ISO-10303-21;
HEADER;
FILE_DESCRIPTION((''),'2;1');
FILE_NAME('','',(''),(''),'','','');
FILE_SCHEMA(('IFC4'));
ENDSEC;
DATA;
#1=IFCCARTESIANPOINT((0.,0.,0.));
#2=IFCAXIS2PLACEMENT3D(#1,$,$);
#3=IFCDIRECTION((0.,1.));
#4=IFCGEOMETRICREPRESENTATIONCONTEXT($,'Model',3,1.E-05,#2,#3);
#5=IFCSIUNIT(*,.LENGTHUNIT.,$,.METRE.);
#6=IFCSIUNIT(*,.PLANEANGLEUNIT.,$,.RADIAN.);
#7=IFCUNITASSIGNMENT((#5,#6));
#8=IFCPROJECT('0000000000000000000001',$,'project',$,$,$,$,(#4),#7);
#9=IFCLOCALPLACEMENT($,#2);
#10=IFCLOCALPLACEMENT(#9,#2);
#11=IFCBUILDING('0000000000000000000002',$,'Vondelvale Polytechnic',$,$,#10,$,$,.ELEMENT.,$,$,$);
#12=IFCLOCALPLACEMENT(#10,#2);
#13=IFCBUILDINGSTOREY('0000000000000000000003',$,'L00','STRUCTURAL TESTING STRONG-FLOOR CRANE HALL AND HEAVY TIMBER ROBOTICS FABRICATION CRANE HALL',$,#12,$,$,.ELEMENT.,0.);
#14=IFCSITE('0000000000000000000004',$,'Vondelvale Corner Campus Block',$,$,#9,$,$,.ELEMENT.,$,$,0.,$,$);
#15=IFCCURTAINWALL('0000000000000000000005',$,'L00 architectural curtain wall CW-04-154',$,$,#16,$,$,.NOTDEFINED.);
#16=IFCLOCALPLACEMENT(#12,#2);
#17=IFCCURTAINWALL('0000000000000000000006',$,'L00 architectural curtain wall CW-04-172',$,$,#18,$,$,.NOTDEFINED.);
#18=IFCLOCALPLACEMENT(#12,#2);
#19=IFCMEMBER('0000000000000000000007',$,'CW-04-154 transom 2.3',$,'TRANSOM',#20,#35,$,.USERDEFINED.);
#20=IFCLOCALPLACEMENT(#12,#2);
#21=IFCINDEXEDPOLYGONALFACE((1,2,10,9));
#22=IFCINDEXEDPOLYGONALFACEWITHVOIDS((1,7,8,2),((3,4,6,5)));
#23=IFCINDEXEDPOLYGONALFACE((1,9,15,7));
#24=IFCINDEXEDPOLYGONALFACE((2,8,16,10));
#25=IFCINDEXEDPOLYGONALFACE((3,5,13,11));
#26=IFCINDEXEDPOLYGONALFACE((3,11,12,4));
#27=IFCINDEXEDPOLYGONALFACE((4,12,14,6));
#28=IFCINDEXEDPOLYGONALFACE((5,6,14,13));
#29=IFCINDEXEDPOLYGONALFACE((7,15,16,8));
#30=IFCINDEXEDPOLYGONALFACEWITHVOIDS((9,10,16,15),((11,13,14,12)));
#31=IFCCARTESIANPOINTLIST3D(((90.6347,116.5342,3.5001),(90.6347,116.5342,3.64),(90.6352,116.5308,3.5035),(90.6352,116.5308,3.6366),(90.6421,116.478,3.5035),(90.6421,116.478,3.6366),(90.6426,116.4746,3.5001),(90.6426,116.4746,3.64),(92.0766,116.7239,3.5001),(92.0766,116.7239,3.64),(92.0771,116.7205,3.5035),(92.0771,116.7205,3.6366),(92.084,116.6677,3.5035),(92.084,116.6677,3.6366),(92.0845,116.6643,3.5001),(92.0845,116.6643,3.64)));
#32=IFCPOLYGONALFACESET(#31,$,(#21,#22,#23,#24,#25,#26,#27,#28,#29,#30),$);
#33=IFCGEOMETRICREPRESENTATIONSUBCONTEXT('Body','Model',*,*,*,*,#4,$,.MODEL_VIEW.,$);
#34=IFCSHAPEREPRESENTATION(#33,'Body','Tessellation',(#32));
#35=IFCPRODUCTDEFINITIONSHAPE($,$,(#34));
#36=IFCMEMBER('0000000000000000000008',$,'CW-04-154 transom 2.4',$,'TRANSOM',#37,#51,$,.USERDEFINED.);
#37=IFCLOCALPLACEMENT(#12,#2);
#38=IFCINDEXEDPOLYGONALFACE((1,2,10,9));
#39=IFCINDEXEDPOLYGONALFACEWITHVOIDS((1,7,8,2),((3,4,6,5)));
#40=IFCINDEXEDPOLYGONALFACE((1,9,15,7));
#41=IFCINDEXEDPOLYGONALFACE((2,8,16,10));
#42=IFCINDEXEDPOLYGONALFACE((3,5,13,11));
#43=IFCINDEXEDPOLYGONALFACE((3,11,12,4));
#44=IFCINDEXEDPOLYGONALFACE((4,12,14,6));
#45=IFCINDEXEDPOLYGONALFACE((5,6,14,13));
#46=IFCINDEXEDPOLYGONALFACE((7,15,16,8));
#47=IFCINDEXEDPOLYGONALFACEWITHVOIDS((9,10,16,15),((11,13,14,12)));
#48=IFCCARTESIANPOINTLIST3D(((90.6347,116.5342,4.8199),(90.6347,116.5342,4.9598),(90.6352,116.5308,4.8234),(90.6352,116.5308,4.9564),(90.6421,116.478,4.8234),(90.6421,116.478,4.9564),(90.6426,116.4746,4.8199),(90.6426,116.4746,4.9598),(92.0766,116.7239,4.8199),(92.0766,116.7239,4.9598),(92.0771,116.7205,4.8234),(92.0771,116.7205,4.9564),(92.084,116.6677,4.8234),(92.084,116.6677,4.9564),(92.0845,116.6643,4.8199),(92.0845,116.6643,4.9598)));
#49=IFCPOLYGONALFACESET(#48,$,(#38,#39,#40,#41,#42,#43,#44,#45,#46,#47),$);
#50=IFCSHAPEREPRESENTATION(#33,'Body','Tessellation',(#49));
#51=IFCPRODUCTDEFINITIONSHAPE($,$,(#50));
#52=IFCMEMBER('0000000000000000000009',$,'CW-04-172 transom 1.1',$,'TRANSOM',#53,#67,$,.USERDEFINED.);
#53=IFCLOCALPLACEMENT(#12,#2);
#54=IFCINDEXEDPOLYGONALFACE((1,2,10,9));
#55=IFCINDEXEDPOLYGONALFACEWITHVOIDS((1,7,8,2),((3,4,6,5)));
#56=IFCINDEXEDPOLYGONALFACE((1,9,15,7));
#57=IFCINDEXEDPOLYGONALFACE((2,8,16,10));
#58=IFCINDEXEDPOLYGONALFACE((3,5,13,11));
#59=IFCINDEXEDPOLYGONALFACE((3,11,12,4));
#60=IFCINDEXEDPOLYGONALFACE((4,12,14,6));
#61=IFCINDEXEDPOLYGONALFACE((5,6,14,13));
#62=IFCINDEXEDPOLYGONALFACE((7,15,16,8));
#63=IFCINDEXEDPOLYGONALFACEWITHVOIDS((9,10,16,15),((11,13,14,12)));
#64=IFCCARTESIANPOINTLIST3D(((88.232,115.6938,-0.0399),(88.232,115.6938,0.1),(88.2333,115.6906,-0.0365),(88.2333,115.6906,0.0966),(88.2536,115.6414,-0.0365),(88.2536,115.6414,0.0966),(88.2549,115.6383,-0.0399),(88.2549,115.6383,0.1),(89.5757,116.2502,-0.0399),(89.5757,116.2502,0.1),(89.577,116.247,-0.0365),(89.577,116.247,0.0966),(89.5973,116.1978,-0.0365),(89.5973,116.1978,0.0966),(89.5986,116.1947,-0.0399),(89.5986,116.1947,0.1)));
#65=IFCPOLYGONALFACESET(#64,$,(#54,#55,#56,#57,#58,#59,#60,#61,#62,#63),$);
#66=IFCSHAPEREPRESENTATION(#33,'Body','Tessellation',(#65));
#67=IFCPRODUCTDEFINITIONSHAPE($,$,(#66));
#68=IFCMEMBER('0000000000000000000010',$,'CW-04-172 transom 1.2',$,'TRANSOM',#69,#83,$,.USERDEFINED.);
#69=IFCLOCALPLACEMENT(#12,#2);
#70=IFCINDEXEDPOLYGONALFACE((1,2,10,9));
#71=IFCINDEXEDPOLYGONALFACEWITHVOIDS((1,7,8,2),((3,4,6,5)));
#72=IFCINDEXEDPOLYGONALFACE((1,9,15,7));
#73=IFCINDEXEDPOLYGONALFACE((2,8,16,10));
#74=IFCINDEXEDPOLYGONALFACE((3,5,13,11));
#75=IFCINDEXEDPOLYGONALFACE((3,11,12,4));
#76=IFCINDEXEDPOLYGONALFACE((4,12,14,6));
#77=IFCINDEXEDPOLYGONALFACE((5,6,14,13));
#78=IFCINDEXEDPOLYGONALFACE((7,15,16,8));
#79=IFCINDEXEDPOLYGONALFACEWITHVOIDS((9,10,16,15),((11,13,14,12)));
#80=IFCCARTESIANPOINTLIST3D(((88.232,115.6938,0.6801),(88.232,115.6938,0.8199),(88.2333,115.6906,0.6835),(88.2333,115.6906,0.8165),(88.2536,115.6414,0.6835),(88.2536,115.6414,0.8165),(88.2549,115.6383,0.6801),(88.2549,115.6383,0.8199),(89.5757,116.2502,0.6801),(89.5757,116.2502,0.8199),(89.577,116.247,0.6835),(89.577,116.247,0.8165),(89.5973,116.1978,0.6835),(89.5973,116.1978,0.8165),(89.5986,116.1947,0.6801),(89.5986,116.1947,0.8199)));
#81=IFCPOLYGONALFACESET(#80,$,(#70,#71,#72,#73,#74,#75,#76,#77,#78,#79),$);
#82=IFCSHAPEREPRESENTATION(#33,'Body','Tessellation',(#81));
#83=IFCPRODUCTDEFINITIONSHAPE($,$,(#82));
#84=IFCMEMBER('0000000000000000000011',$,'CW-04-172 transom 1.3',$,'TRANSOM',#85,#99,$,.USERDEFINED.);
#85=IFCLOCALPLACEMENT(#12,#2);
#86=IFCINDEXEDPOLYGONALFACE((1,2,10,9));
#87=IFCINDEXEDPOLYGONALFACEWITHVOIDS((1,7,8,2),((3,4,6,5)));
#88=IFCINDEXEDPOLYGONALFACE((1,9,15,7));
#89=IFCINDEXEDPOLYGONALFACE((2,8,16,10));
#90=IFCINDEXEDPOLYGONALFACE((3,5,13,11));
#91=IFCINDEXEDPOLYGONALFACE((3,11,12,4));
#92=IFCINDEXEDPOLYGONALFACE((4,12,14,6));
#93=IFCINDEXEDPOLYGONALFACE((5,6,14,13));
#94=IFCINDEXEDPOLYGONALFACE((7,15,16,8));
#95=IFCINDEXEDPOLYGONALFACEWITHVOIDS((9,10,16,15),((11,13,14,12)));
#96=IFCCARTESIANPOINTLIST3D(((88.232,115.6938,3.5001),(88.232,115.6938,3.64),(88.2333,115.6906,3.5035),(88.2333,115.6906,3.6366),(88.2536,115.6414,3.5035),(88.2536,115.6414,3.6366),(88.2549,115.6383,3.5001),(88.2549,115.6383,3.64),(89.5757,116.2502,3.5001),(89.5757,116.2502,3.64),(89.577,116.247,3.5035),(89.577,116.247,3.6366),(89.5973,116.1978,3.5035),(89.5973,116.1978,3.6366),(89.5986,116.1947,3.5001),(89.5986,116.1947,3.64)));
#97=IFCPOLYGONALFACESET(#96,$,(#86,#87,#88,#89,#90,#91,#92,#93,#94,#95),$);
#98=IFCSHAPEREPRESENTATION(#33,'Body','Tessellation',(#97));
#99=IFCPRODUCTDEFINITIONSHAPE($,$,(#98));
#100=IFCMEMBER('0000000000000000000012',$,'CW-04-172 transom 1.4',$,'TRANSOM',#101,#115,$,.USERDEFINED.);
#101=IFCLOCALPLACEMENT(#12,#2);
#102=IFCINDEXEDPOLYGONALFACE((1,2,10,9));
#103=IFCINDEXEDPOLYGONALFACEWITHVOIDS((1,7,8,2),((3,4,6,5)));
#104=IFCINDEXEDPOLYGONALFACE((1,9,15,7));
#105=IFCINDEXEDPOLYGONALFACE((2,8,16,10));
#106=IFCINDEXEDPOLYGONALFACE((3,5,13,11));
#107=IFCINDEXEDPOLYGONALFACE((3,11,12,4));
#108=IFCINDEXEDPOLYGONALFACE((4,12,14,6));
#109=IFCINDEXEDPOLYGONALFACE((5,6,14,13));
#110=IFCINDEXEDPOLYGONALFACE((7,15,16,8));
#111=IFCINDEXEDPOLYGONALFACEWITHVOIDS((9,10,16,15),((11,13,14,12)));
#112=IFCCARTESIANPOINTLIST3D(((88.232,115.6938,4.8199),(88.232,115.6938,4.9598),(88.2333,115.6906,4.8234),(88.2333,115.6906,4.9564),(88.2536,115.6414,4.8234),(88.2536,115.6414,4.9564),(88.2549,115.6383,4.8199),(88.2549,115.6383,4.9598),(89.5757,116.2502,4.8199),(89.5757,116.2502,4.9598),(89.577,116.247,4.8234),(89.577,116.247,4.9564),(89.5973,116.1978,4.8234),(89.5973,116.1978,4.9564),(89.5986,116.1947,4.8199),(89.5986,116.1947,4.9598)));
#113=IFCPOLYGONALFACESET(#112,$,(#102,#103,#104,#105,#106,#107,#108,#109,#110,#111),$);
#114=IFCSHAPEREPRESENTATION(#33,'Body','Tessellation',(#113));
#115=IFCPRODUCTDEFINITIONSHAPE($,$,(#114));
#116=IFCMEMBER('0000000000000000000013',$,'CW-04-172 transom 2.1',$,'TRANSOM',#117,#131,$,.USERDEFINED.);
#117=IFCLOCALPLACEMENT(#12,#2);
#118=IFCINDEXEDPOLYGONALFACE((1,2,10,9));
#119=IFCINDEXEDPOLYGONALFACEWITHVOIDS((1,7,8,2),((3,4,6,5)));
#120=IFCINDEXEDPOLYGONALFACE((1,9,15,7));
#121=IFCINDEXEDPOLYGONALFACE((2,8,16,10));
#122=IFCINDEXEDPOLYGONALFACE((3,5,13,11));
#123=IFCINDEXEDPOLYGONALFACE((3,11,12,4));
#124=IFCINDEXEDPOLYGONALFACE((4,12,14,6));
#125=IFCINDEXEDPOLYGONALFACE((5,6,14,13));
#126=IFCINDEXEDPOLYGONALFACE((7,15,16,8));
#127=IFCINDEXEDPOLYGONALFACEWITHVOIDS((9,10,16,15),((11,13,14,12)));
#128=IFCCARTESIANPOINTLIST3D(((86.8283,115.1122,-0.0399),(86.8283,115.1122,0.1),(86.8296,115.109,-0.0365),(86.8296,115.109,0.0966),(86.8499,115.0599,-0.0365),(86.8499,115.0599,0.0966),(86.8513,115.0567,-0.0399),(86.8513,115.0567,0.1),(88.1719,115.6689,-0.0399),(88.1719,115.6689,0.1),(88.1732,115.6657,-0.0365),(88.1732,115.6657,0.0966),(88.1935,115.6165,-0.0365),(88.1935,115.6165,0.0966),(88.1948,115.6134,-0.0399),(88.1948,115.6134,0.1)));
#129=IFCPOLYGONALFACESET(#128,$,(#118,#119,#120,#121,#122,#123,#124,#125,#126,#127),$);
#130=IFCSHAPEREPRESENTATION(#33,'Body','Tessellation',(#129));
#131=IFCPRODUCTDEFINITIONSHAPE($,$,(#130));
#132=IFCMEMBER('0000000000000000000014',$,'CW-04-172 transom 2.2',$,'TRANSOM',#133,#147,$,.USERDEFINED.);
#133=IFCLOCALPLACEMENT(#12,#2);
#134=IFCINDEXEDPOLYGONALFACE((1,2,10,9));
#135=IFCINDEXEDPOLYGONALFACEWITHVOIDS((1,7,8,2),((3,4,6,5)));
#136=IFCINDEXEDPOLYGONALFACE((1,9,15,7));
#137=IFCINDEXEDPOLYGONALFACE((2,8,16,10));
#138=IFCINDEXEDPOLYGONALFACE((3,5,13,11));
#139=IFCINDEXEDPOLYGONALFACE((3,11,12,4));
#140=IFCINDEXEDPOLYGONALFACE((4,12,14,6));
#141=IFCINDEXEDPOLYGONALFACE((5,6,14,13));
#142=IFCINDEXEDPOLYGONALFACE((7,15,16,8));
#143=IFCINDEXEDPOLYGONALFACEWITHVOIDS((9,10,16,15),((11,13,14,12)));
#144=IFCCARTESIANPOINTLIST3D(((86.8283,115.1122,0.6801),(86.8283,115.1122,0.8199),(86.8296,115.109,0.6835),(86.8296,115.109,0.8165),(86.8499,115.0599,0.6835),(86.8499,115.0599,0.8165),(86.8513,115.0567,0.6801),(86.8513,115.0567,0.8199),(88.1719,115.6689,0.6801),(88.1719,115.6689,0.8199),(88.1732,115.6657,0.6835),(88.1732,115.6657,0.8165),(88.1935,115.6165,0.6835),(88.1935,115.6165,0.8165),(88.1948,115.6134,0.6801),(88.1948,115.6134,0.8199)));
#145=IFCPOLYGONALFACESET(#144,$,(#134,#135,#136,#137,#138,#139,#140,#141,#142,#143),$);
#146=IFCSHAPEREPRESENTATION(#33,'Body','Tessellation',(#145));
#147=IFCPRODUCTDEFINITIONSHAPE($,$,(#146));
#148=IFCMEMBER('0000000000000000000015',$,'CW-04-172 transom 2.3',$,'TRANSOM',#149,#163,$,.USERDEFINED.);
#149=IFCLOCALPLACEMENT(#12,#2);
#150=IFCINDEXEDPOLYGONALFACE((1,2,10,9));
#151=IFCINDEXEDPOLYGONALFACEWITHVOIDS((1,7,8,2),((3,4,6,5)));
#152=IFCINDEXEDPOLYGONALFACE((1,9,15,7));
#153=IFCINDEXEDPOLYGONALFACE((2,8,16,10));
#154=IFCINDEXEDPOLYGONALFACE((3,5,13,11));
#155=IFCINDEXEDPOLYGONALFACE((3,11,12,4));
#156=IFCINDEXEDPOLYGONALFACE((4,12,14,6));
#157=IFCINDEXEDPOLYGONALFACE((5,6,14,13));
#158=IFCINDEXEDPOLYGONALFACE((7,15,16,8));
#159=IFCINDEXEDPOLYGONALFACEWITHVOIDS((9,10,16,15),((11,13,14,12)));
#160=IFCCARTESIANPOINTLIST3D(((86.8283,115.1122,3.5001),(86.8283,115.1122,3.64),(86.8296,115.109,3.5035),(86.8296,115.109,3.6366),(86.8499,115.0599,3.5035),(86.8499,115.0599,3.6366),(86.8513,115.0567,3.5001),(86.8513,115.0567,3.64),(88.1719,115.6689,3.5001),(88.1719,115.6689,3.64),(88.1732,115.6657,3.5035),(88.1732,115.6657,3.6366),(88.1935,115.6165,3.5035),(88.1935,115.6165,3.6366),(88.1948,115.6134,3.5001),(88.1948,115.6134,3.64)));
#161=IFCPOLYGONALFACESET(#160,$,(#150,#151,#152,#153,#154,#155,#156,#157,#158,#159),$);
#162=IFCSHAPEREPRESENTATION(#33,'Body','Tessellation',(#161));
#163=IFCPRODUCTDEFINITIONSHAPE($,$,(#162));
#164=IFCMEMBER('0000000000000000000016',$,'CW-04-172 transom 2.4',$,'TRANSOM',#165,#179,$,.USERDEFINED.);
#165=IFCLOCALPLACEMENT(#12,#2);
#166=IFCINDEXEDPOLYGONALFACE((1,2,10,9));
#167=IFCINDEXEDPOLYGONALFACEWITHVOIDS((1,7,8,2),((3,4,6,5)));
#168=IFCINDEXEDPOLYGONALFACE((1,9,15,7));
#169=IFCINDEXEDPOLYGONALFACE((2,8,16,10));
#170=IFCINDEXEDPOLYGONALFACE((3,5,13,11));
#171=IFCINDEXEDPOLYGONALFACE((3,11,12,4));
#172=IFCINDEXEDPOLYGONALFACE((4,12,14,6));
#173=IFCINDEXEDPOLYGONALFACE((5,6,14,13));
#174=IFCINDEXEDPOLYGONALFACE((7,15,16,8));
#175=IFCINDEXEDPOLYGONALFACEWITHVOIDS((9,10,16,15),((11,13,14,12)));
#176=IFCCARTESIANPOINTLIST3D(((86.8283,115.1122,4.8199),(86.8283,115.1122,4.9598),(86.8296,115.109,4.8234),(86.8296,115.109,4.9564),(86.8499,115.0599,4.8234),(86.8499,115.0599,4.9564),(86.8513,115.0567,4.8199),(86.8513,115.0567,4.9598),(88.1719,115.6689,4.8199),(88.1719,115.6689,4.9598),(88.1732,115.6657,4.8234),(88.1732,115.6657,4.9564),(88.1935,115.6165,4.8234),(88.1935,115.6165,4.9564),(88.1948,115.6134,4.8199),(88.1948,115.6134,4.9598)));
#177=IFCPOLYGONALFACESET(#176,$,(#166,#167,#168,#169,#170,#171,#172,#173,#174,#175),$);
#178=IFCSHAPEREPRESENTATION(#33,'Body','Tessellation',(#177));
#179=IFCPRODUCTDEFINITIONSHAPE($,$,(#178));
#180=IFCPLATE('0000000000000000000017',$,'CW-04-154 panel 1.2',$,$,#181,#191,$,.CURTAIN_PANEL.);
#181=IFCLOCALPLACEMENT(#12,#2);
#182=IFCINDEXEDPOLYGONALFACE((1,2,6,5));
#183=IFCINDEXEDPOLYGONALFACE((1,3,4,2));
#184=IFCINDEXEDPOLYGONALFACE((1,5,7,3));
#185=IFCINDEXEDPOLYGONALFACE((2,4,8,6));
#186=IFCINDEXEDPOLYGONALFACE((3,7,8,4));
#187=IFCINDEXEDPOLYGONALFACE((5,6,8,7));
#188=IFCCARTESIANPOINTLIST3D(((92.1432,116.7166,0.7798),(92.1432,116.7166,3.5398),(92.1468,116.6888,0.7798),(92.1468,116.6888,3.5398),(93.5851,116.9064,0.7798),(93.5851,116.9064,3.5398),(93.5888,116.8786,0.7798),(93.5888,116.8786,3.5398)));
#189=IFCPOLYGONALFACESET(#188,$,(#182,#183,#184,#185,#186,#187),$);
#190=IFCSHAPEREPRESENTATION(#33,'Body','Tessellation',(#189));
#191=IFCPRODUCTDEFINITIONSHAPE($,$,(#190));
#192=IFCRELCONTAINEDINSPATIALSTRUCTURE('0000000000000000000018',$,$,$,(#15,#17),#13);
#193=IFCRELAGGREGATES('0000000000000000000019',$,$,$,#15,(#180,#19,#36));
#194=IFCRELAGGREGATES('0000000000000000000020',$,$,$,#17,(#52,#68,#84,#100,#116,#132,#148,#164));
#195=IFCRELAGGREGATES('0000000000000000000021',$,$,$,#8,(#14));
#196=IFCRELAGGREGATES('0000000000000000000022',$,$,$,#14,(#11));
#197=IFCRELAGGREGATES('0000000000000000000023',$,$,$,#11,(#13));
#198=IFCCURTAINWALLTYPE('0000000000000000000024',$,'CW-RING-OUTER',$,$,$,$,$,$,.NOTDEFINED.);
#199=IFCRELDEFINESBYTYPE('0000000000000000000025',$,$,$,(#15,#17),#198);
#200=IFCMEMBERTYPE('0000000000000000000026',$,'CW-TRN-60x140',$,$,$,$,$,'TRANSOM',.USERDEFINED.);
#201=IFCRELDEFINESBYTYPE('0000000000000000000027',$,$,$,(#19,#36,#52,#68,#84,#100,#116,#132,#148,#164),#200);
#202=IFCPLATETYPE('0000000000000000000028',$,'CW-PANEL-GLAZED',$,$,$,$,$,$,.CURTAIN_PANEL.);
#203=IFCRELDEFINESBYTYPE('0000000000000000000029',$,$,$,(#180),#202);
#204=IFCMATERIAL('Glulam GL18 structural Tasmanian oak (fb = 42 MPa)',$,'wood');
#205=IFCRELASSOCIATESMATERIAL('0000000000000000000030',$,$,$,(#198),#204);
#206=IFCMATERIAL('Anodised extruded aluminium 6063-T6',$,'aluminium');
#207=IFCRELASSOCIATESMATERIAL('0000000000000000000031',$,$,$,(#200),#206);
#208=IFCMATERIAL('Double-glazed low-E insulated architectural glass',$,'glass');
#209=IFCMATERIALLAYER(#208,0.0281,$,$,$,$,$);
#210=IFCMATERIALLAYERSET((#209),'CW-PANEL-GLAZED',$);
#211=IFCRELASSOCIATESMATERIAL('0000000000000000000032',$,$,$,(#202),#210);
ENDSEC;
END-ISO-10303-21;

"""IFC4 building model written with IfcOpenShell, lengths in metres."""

from ifc_helpers import new_model, si_unit, direction, frame, origin, origin_2d, place, context, subcontext, project, spatial, rectangle, hollow_rectangle, extrude, material, layer, layer_set, material_profile, profile_set, type_object, element, aggregate, save


model = new_model("IFC4")

# Units and contexts
model_context = context("Model", 3, precision=1e-05, world=origin(), true_north=direction((0.0, 1.0)))
body_context = subcontext(model_context, "Body", "Model", "MODEL_VIEW")
ifc_project = project(units=[si_unit("LENGTHUNIT", "METRE"), si_unit("PLANEANGLEUNIT", "RADIAN")], contexts=[model_context])

# Site, building, storey
site_placement = place(None, origin())
site = spatial("IfcSite", under=ifc_project, at=site_placement, Name="Vondelvale Corner Campus Block", CompositionType="ELEMENT", RefElevation=0.0)
building_placement = place(site_placement, origin())
building = spatial("IfcBuilding", under=site, at=building_placement, Name="Vondelvale Polytechnic", CompositionType="ELEMENT")
storey_placement = place(building_placement, origin())
storey = spatial("IfcBuildingStorey", under=building, at=storey_placement, Name="L00", Description="STRUCTURAL TESTING STRONG-FLOOR CRANE HALL AND HEAVY TIMBER ROBOTICS FABRICATION CRANE HALL", CompositionType="ELEMENT", Elevation=0.0)

# Curtain walls
ifc_material_1 = material(Name="Glulam GL18 structural Tasmanian oak (fb = 42 MPa)", Category="wood")
curtain_wall_type = type_object("IfcCurtainWallType", Name="CW-RING-OUTER", PredefinedType="NOTDEFINED", material=ifc_material_1)
curtain_wall_1_placement = place(storey_placement, origin())
curtain_wall_1 = element("IfcCurtainWall", 1, at=curtain_wall_1_placement, inside=storey, type_object=curtain_wall_type, Name="L00 architectural curtain wall CW-04-154", PredefinedType="NOTDEFINED")
ifc_material_2 = material(Name="Anodised extruded aluminium 6063-T6", Category="aluminium")
curtain_wall_2_placement = place(storey_placement, origin())
curtain_wall_2 = element("IfcCurtainWall", 2, at=curtain_wall_2_placement, inside=storey, type_object=curtain_wall_type, Name="L00 architectural curtain wall CW-04-172", PredefinedType="NOTDEFINED")

# Members
ifc_material_profile_1 = material_profile(ifc_material_2, hollow_rectangle(XDim=0.0601, YDim=0.1399, WallThickness=0.0034, at=origin_2d()), Name="CW-TRN-140x60")
ifc_profile_set_1 = profile_set([ifc_material_profile_1], Name="Anodised extruded aluminium 6063-T6")
member_type_1 = type_object("IfcMemberType", Name="CW-TRN-60x140", ElementType="TRANSOM", PredefinedType="USERDEFINED", material=ifc_profile_set_1)
member_1_placement = place(storey_placement, frame((92.0806, 116.6941, 3.5701), z_axis=(-0.991457, -0.130437, 0.0), x_axis=(0.130437, -0.991457, 0.0)))
member_1 = element("IfcMember", 3, at=member_1_placement, type_object=member_type_1, Name="CW-04-154 transom 2.3", ObjectType="TRANSOM", PredefinedType="USERDEFINED", context=body_context, shape_type="SweptSolid", body=[
    extrude(hollow_rectangle(XDim=0.0601, YDim=0.1399, WallThickness=0.0034, at=origin_2d()), origin(), (0.0, 0.0, 1.0), 1.4543),
])
member_2_placement = place(storey_placement, frame((92.0806, 116.6941, 4.8899), z_axis=(-0.991457, -0.130437, 0.0), x_axis=(0.130437, -0.991457, 0.0)))
member_2 = element("IfcMember", 4, at=member_2_placement, type_object=member_type_1, Name="CW-04-154 transom 2.4", ObjectType="TRANSOM", PredefinedType="USERDEFINED", context=body_context, shape_type="SweptSolid", body=[
    extrude(hollow_rectangle(XDim=0.0601, YDim=0.1399, WallThickness=0.0034, at=origin_2d()), origin(), (0.0, 0.0, 1.0), 1.4543),
])
member_3_placement = place(storey_placement, frame((89.5872, 116.2224, 0.03), z_axis=(-0.923929, -0.382564, 0.0), x_axis=(0.382564, -0.923929, 0.0)))
member_3 = element("IfcMember", 5, at=member_3_placement, type_object=member_type_1, Name="CW-04-172 transom 1.1", ObjectType="TRANSOM", PredefinedType="USERDEFINED", context=body_context, shape_type="SweptSolid", body=[
    extrude(hollow_rectangle(XDim=0.0601, YDim=0.1399, WallThickness=0.0034, at=origin_2d()), origin(), (0.0, 0.0, 1.0), 1.4543),
])
member_4_placement = place(storey_placement, frame((89.5872, 116.2224, 0.75), z_axis=(-0.923929, -0.382564, 0.0), x_axis=(0.382564, -0.923929, 0.0)))
member_4 = element("IfcMember", 6, at=member_4_placement, type_object=member_type_1, Name="CW-04-172 transom 1.2", ObjectType="TRANSOM", PredefinedType="USERDEFINED", context=body_context, shape_type="SweptSolid", body=[
    extrude(hollow_rectangle(XDim=0.0601, YDim=0.1399, WallThickness=0.0034, at=origin_2d()), origin(), (0.0, 0.0, 1.0), 1.4543),
])
member_5_placement = place(storey_placement, frame((89.5872, 116.2224, 3.5701), z_axis=(-0.923929, -0.382564, 0.0), x_axis=(0.382564, -0.923929, 0.0)))
member_5 = element("IfcMember", 7, at=member_5_placement, type_object=member_type_1, Name="CW-04-172 transom 1.3", ObjectType="TRANSOM", PredefinedType="USERDEFINED", context=body_context, shape_type="SweptSolid", body=[
    extrude(hollow_rectangle(XDim=0.0601, YDim=0.1399, WallThickness=0.0034, at=origin_2d()), origin(), (0.0, 0.0, 1.0), 1.4543),
])
member_6_placement = place(storey_placement, frame((89.5872, 116.2224, 4.8899), z_axis=(-0.923929, -0.382564, 0.0), x_axis=(0.382564, -0.923929, 0.0)))
member_6 = element("IfcMember", 8, at=member_6_placement, type_object=member_type_1, Name="CW-04-172 transom 1.4", ObjectType="TRANSOM", PredefinedType="USERDEFINED", context=body_context, shape_type="SweptSolid", body=[
    extrude(hollow_rectangle(XDim=0.0601, YDim=0.1399, WallThickness=0.0034, at=origin_2d()), origin(), (0.0, 0.0, 1.0), 1.4543),
])
member_7_placement = place(storey_placement, frame((88.1833, 115.6411, 0.03), z_axis=(-0.923845, -0.382767, 0.0), x_axis=(0.382767, -0.923845, 0.0)))
member_7 = element("IfcMember", 9, at=member_7_placement, type_object=member_type_1, Name="CW-04-172 transom 2.1", ObjectType="TRANSOM", PredefinedType="USERDEFINED", context=body_context, shape_type="SweptSolid", body=[
    extrude(hollow_rectangle(XDim=0.0601, YDim=0.1399, WallThickness=0.0034, at=origin_2d()), origin(), (0.0, 0.0, 1.0), 1.4543),
])
member_8_placement = place(storey_placement, frame((88.1833, 115.6411, 0.75), z_axis=(-0.923845, -0.382767, 0.0), x_axis=(0.382767, -0.923845, 0.0)))
member_8 = element("IfcMember", 10, at=member_8_placement, type_object=member_type_1, Name="CW-04-172 transom 2.2", ObjectType="TRANSOM", PredefinedType="USERDEFINED", context=body_context, shape_type="SweptSolid", body=[
    extrude(hollow_rectangle(XDim=0.0601, YDim=0.1399, WallThickness=0.0034, at=origin_2d()), origin(), (0.0, 0.0, 1.0), 1.4543),
])
member_9_placement = place(storey_placement, frame((88.1833, 115.6411, 3.5701), z_axis=(-0.923845, -0.382767, 0.0), x_axis=(0.382767, -0.923845, 0.0)))
member_9 = element("IfcMember", 11, at=member_9_placement, type_object=member_type_1, Name="CW-04-172 transom 2.3", ObjectType="TRANSOM", PredefinedType="USERDEFINED", context=body_context, shape_type="SweptSolid", body=[
    extrude(hollow_rectangle(XDim=0.0601, YDim=0.1399, WallThickness=0.0034, at=origin_2d()), origin(), (0.0, 0.0, 1.0), 1.4543),
])
member_10_placement = place(storey_placement, frame((88.1833, 115.6411, 4.8899), z_axis=(-0.923845, -0.382767, 0.0), x_axis=(0.382767, -0.923845, 0.0)))
member_10 = element("IfcMember", 12, at=member_10_placement, type_object=member_type_1, Name="CW-04-172 transom 2.4", ObjectType="TRANSOM", PredefinedType="USERDEFINED", context=body_context, shape_type="SweptSolid", body=[
    extrude(hollow_rectangle(XDim=0.0601, YDim=0.1399, WallThickness=0.0034, at=origin_2d()), origin(), (0.0, 0.0, 1.0), 1.4543),
])

# Plate
ifc_material_3 = material(Name="Double-glazed low-E insulated architectural glass", Category="glass")
ifc_layer_1 = layer(ifc_material_3, 0.0281)
ifc_layer_set_1 = layer_set([ifc_layer_1], Name="CW-PANEL-GLAZED")
plate_type_1 = type_object("IfcPlateType", Name="CW-PANEL-GLAZED", PredefinedType="CURTAIN_PANEL", material=ifc_layer_set_1)
plate_1_placement = place(storey_placement, frame((92.866, 116.7976, 0.7798), z_axis=(0.0, 0.0, 1.0), x_axis=(-0.991445, -0.130524, 0.0)))
plate_1 = element("IfcPlate", 13, at=plate_1_placement, type_object=plate_type_1, Name="CW-04-154 panel 1.2", PredefinedType="CURTAIN_PANEL", context=body_context, shape_type="SweptSolid", body=[
    extrude(rectangle(XDim=1.4543, YDim=0.0281, at=origin_2d()), origin(), (0.0, 0.0, 1.0), 2.76),
])
aggregate(curtain_wall_1, [plate_1, member_1, member_2])
aggregate(curtain_wall_2, [member_3, member_4, member_5, member_6, member_7, member_8, member_9, member_10])

save(model, "model.ifc")
